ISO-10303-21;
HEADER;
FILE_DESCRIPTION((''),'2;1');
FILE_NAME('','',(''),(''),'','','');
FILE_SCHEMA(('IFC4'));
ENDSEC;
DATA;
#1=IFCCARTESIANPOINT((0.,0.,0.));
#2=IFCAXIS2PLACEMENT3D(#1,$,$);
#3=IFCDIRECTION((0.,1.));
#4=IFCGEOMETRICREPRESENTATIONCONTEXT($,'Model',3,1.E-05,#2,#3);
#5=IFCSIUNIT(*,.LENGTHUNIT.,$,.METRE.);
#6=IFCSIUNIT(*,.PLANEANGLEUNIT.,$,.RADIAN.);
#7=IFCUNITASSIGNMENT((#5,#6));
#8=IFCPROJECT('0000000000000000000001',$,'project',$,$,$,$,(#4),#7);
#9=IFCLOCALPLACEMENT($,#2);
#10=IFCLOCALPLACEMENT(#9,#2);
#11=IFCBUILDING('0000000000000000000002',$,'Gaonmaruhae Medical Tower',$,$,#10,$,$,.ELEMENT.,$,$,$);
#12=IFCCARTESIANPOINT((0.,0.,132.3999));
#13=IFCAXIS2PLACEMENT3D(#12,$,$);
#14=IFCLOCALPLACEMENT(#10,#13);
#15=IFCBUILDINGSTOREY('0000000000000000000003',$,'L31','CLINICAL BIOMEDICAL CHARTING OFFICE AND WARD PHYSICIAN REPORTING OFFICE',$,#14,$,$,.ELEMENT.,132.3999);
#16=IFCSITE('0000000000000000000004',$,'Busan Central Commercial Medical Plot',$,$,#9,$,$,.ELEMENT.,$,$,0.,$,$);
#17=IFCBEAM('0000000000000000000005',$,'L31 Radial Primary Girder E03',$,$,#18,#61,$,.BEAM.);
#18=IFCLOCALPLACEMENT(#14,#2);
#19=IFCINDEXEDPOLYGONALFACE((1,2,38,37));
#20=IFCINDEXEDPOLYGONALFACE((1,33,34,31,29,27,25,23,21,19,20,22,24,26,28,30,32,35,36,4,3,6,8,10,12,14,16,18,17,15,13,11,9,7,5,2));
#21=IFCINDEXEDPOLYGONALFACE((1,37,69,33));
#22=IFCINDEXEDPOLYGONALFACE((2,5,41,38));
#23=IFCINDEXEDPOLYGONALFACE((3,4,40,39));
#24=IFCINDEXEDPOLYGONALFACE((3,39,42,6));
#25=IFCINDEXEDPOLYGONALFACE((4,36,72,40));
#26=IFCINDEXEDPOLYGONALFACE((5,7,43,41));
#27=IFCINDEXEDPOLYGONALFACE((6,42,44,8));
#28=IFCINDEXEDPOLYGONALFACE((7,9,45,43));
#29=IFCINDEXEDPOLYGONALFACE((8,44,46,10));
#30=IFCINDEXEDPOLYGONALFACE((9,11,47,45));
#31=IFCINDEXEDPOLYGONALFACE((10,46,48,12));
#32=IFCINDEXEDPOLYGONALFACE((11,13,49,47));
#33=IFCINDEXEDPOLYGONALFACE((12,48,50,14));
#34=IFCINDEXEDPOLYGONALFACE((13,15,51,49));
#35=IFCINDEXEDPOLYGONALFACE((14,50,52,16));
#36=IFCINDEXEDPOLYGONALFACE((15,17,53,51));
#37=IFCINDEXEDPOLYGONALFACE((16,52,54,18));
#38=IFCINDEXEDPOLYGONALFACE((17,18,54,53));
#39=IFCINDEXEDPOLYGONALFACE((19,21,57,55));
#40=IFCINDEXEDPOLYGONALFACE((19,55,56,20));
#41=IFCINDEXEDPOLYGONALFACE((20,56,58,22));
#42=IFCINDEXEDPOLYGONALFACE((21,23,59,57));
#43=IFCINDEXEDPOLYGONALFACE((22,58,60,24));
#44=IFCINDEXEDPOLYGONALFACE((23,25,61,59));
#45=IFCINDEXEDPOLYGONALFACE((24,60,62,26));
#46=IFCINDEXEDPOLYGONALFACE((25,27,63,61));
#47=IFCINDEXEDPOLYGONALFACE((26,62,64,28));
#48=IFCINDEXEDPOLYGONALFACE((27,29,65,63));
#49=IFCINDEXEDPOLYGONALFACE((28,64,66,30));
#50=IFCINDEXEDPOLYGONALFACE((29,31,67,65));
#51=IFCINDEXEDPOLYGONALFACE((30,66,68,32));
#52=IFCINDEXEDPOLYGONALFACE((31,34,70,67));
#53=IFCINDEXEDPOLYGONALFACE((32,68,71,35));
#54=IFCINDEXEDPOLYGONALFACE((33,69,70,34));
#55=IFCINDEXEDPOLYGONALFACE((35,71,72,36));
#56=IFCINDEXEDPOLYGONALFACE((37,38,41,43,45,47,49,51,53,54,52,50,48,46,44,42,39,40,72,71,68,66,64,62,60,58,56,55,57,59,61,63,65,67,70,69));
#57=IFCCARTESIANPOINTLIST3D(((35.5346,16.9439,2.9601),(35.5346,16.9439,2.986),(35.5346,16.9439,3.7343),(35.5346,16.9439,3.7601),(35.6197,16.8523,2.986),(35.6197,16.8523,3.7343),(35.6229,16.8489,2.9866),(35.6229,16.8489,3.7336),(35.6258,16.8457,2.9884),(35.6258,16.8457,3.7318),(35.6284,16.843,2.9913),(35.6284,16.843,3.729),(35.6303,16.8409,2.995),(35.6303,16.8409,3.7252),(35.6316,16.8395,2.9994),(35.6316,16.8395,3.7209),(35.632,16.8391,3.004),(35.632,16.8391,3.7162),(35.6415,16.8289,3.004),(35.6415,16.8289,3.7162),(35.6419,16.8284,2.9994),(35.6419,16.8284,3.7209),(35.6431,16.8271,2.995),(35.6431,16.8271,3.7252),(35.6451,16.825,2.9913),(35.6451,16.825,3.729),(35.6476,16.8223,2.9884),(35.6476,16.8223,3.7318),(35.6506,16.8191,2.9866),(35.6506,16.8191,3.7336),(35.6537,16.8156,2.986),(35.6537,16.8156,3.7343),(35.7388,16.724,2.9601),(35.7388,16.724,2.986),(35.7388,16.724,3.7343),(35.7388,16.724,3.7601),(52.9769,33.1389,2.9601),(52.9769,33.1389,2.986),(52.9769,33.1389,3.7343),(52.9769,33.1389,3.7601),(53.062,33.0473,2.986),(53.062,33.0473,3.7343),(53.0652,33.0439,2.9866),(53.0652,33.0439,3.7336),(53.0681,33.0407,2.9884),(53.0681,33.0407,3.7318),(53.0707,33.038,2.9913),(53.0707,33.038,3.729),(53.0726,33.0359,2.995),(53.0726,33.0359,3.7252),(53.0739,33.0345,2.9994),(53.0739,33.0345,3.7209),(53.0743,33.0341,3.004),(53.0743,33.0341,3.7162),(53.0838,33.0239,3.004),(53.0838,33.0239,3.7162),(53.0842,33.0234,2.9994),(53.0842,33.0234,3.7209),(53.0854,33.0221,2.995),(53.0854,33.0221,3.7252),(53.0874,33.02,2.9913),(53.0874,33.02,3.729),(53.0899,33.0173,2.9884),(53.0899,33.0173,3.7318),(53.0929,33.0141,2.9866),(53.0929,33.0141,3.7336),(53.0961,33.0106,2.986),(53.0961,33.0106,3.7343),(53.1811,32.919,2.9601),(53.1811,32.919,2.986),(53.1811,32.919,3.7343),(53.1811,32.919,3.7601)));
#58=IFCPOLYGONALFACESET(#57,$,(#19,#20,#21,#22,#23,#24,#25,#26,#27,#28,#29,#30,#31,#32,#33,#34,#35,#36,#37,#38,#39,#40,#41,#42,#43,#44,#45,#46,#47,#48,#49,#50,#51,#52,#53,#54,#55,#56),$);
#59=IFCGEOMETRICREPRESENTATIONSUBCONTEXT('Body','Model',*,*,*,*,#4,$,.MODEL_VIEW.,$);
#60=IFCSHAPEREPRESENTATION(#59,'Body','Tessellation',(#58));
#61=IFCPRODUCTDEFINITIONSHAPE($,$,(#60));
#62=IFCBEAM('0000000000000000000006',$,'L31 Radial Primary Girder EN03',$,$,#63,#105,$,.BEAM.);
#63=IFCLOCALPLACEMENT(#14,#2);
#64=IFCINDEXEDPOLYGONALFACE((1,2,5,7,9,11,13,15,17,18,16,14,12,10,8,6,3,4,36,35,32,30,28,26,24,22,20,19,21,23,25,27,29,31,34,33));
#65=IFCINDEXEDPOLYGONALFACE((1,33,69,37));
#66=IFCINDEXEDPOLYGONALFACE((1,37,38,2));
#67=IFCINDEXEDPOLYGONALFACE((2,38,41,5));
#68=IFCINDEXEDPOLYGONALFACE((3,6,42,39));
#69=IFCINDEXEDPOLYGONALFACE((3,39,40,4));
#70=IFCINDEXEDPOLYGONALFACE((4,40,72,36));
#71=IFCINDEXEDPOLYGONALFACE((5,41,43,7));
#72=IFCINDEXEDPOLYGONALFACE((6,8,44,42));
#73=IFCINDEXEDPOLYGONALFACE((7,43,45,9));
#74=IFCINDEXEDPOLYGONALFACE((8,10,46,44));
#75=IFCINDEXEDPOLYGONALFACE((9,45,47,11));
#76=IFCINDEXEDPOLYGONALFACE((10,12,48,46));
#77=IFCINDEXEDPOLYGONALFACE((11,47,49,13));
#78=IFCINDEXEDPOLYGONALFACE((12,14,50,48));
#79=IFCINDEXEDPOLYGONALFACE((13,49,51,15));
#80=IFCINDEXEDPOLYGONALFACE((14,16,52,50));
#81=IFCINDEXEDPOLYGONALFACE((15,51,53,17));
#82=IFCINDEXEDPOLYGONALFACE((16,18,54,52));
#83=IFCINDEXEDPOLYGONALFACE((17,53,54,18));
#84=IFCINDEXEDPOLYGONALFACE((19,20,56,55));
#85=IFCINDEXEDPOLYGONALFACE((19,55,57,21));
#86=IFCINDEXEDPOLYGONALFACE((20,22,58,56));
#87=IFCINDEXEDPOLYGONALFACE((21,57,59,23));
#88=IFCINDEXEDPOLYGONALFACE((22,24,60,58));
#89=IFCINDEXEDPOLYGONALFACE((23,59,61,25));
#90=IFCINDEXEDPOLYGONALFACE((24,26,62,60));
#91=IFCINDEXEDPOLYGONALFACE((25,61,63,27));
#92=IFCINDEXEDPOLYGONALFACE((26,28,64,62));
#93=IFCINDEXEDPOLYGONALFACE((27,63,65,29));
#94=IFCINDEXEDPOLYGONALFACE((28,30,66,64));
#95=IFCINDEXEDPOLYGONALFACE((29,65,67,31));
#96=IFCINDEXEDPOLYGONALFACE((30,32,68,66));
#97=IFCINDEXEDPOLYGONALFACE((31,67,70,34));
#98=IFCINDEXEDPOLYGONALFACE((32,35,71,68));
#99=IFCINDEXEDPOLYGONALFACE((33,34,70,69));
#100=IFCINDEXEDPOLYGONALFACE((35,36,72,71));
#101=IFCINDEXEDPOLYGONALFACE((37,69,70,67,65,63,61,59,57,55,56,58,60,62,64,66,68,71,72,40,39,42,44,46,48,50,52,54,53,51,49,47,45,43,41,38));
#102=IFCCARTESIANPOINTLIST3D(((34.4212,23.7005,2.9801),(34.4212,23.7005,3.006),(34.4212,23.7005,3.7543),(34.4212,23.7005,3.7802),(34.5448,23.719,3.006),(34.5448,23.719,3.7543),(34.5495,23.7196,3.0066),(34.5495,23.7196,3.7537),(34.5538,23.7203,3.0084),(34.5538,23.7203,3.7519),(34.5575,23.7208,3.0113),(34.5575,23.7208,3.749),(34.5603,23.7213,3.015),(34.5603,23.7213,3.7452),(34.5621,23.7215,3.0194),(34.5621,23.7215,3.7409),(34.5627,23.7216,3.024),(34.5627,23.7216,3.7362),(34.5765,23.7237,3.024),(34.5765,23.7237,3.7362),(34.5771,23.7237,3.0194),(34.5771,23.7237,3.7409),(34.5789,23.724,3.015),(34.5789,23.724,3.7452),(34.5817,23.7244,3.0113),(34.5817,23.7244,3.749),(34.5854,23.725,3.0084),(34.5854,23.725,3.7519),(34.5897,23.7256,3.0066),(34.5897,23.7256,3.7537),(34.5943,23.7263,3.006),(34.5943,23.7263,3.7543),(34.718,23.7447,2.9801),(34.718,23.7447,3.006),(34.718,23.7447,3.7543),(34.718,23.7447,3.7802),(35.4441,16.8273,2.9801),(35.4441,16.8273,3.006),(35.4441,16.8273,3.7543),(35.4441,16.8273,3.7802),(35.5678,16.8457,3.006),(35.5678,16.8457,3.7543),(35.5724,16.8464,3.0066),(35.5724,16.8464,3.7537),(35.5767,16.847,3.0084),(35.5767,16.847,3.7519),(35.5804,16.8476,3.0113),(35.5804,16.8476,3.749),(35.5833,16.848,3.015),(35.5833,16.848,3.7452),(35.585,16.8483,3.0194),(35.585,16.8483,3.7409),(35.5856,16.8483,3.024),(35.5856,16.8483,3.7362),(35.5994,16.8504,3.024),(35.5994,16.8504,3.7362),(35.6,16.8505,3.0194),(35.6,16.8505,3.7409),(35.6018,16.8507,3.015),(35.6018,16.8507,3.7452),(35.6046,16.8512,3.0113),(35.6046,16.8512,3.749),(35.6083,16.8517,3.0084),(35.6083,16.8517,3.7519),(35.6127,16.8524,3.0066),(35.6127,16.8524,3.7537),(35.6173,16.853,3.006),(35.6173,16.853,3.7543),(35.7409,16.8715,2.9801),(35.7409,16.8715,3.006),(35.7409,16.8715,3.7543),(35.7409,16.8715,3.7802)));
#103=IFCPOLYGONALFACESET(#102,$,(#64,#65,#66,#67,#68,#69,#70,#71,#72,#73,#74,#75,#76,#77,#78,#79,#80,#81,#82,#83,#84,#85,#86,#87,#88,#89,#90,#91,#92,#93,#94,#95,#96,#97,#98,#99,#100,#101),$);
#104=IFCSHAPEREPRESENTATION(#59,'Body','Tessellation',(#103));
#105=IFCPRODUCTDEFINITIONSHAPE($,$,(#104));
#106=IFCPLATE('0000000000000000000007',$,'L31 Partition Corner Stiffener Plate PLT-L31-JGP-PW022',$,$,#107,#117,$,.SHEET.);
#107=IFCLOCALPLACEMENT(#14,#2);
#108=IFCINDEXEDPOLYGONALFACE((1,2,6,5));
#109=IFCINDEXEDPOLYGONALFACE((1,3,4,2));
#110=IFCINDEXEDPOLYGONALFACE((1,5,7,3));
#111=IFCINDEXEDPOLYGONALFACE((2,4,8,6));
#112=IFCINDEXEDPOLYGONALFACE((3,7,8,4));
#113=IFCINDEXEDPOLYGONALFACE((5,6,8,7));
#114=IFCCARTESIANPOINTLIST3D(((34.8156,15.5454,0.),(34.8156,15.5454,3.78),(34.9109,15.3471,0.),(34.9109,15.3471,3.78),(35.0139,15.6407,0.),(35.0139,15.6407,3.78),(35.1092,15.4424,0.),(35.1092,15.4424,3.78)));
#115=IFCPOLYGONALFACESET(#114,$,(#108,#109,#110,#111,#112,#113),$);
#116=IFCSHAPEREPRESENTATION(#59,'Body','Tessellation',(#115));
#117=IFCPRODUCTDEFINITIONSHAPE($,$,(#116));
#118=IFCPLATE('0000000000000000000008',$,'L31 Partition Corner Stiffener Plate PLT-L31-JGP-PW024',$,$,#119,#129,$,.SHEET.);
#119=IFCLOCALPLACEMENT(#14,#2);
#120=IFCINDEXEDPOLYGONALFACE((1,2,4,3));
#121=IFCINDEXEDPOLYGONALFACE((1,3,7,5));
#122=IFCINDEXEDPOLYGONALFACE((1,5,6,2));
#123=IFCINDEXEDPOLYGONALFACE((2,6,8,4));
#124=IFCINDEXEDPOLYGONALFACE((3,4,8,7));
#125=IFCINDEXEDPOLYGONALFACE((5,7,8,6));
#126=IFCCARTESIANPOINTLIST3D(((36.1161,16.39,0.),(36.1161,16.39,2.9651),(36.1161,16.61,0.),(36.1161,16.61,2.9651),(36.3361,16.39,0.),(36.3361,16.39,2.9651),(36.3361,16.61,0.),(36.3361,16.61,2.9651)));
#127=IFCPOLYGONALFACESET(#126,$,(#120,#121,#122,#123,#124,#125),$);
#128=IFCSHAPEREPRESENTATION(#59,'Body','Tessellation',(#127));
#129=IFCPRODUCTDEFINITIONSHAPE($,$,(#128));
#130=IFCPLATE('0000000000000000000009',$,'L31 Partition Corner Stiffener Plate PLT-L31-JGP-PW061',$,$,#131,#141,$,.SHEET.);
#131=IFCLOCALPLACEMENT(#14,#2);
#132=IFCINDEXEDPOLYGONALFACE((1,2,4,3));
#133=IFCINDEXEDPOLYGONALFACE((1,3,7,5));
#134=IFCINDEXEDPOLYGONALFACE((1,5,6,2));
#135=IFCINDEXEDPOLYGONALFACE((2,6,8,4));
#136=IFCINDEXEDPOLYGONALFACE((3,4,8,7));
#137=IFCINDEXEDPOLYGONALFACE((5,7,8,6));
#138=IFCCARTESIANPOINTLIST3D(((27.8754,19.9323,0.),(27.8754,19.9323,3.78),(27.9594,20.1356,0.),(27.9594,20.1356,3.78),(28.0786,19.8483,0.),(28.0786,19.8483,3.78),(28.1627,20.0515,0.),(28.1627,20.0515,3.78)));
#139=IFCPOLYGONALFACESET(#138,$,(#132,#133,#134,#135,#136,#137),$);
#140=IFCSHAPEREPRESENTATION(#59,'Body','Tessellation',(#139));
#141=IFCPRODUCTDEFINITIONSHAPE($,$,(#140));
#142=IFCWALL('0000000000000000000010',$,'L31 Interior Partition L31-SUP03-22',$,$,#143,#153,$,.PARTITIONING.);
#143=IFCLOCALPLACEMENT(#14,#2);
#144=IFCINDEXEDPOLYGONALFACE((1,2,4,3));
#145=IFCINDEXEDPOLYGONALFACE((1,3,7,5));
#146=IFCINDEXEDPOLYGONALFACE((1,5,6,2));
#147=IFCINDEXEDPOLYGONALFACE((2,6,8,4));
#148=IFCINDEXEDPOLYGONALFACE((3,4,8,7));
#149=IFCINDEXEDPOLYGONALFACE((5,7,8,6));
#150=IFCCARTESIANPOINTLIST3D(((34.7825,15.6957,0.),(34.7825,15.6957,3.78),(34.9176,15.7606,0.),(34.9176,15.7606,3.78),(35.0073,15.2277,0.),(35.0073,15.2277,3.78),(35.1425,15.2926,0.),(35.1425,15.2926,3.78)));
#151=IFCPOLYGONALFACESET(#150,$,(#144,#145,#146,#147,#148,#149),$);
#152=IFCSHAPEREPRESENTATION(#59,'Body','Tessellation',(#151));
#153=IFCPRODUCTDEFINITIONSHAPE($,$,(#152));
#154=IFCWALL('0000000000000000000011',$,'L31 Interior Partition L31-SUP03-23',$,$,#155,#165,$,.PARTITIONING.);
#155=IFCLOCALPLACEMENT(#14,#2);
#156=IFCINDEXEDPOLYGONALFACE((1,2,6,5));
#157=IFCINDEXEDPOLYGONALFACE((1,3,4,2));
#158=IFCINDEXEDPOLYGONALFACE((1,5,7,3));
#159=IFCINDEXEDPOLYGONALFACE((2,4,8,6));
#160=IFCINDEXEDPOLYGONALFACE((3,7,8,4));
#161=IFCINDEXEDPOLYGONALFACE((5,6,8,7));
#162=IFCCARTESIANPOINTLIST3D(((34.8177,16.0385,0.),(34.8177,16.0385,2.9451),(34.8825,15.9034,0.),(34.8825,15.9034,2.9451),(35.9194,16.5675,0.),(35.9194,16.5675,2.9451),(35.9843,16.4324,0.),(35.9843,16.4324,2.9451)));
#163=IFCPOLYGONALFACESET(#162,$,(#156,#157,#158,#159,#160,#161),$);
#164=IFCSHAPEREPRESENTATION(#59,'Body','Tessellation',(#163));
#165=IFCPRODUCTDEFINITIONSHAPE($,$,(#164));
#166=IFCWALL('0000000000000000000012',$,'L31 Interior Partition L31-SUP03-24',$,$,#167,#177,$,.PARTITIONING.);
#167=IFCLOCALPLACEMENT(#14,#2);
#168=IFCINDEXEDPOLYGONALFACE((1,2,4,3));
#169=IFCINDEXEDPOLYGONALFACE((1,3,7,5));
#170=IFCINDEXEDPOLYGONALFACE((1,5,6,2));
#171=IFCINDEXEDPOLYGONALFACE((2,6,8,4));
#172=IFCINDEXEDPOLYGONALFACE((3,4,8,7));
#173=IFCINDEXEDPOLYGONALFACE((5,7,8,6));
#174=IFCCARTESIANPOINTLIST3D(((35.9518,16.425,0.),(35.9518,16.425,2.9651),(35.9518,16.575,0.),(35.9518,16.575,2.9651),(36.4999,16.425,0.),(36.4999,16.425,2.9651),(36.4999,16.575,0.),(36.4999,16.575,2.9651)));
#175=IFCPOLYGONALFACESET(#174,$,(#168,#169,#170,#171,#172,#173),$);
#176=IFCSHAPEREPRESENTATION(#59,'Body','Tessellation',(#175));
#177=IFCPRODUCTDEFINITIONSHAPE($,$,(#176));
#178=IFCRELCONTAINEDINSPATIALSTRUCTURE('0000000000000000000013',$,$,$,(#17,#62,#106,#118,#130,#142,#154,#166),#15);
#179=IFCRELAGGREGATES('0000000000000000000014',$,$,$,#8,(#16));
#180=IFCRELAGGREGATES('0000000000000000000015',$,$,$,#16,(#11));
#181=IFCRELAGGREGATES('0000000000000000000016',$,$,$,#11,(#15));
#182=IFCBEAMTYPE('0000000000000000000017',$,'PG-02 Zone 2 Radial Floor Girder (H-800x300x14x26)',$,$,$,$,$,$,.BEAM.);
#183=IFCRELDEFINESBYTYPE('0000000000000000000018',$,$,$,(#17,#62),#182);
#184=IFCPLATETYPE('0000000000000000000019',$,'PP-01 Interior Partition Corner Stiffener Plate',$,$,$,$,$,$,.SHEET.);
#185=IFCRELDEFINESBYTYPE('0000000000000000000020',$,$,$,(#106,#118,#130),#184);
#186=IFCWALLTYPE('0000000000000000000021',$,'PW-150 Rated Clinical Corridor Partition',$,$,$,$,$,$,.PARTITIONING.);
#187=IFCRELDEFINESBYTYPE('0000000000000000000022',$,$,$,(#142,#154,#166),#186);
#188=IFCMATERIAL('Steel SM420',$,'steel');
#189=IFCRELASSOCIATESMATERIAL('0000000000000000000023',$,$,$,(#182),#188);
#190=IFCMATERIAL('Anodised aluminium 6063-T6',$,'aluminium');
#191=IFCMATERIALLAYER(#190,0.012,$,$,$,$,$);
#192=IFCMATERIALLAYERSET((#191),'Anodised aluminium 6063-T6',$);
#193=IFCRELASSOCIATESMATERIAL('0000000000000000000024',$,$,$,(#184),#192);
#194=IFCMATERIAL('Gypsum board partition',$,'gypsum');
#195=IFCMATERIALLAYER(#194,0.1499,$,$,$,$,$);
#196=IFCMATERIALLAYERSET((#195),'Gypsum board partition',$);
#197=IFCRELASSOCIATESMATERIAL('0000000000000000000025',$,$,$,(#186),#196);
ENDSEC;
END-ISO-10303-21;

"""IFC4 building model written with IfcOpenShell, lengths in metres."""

from ifc_helpers import new_model, si_unit, direction, frame, frame_2d, origin, origin_2d, place, context, subcontext, project, spatial, rectangle, i_section, extrude, material, layer, layer_set, material_profile, profile_set, type_object, element, save


model = new_model("IFC4")

# Units and contexts
model_context = context("Model", 3, precision=1e-05, world=origin(), true_north=direction((0.0, 1.0)))
body_context = subcontext(model_context, "Body", "Model", "MODEL_VIEW")
ifc_project = project(units=[si_unit("LENGTHUNIT", "METRE"), si_unit("PLANEANGLEUNIT", "RADIAN")], contexts=[model_context])

# Site, building, storey
site_placement = place(None, origin())
site = spatial("IfcSite", under=ifc_project, at=site_placement, Name="Busan Central Commercial Medical Plot", CompositionType="ELEMENT", RefElevation=0.0)
building_placement = place(site_placement, origin())
building = spatial("IfcBuilding", under=site, at=building_placement, Name="Gaonmaruhae Medical Tower", CompositionType="ELEMENT")
storey_placement = place(building_placement, frame((0.0, 0.0, 132.3999)))
storey = spatial("IfcBuildingStorey", under=building, at=storey_placement, Name="L31", Description="CLINICAL BIOMEDICAL CHARTING OFFICE AND WARD PHYSICIAN REPORTING OFFICE", CompositionType="ELEMENT", Elevation=132.3999)

# Beams
ifc_material_1 = material(Name="Steel SM420", Category="steel")
ifc_material_profile_1 = material_profile(ifc_material_1, i_section(OverallWidth=0.3, OverallDepth=0.8, WebThickness=0.0139, FlangeThickness=0.0259, FilletRadius=0.0181, at=origin_2d()), Name="H-800x300x14x26")
ifc_profile_set_1 = profile_set([ifc_material_profile_1], Name="Steel SM420")
beam_type_1 = type_object("IfcBeamType", Name="PG-02 Zone 2 Radial Floor Girder (H-800x300x14x26)", PredefinedType="BEAM", material=ifc_profile_set_1)
beam_1_placement = place(storey_placement, frame((35.6367, 16.834, 3.3601), z_axis=(0.732823, 0.680419, 0.0), x_axis=(-0.680419, 0.732823, 0.0)))
element("IfcBeam", 1, at=beam_1_placement, inside=storey, type_object=beam_type_1, Name="L31 Radial Primary Girder E03", PredefinedType="BEAM", context=body_context, shape_type="SweptSolid", body=[
    extrude(i_section(OverallWidth=0.3, OverallDepth=0.8, WebThickness=0.0139, FlangeThickness=0.0259, FilletRadius=0.0181, at=origin_2d()), origin(), (0.0, 0.0, 1.0), 23.8015),
])
beam_2_placement = place(storey_placement, frame((35.5925, 16.8494, 3.3801), z_axis=(-0.147208, 0.989106, 0.0), x_axis=(-0.989106, -0.147208, 0.0)))
element("IfcBeam", 2, at=beam_2_placement, inside=storey, type_object=beam_type_1, Name="L31 Radial Primary Girder EN03", PredefinedType="BEAM", context=body_context, shape_type="SweptSolid", body=[
    extrude(i_section(OverallWidth=0.3, OverallDepth=0.8, WebThickness=0.0139, FlangeThickness=0.0259, FilletRadius=0.0181, at=origin_2d()), origin(), (0.0, 0.0, 1.0), 6.949),
])

# Plates
ifc_material_2 = material(Name="Anodised aluminium 6063-T6", Category="aluminium")
ifc_layer_1 = layer(ifc_material_2, 0.012)
ifc_layer_set_1 = layer_set([ifc_layer_1], Name="Anodised aluminium 6063-T6")
plate_type = type_object("IfcPlateType", Name="PP-01 Interior Partition Corner Stiffener Plate", PredefinedType="SHEET", material=ifc_layer_set_1)
plate_1_placement = place(storey_placement, frame((34.9624, 15.4939, 0.0), z_axis=(0.0, 0.0, 1.0), x_axis=(-0.433297, 0.901251, 0.0)))
element("IfcPlate", 3, at=plate_1_placement, inside=storey, type_object=plate_type, Name="L31 Partition Corner Stiffener Plate PLT-L31-JGP-PW022", PredefinedType="SHEET", context=body_context, shape_type="SweptSolid", body=[
    extrude(rectangle(XDim=0.22, YDim=0.22, at=origin_2d()), origin(), (0.0, 0.0, 1.0), 3.78),
])
plate_2_placement = place(storey_placement, frame((36.2261, 16.5, 0.0), z_axis=(0.0, 0.0, 1.0), x_axis=(1.0, 0.0, 0.0)))
element("IfcPlate", 4, at=plate_2_placement, inside=storey, type_object=plate_type, Name="L31 Partition Corner Stiffener Plate PLT-L31-JGP-PW024", PredefinedType="SHEET", context=body_context, shape_type="SweptSolid", body=[
    extrude(rectangle(XDim=0.22, YDim=0.22, at=origin_2d()), origin(), (0.0, 0.0, 1.0), 2.9651),
])
plate_3_placement = place(storey_placement, frame((28.019, 19.9919, 0.0), z_axis=(0.0, 0.0, 1.0), x_axis=(-0.924093, 0.382167, 0.0)))
element("IfcPlate", 5, at=plate_3_placement, inside=storey, type_object=plate_type, Name="L31 Partition Corner Stiffener Plate PLT-L31-JGP-PW061", PredefinedType="SHEET", context=body_context, shape_type="SweptSolid", body=[
    extrude(rectangle(XDim=0.22, YDim=0.22, at=origin_2d()), origin(), (0.0, 0.0, 1.0), 3.78),
])

# Walls
ifc_material_3 = material(Name="Gypsum board partition", Category="gypsum")
ifc_layer_2 = layer(ifc_material_3, 0.1499)
ifc_layer_set_2 = layer_set([ifc_layer_2], Name="Gypsum board partition")
wall_type_1 = type_object("IfcWallType", Name="PW-150 Rated Clinical Corridor Partition", PredefinedType="PARTITIONING", material=ifc_layer_set_2)
wall_1_placement = place(storey_placement, frame((35.075, 15.26, 0.0), z_axis=(0.0, 0.0, 1.0), x_axis=(-0.433052, 0.901369, 0.0)))
element("IfcWall", 6, at=wall_1_placement, inside=storey, type_object=wall_type_1, Name="L31 Interior Partition L31-SUP03-22", PredefinedType="PARTITIONING", context=body_context, shape_type="SweptSolid", body=[
    extrude(rectangle(XDim=0.5193, YDim=0.1499, at=frame_2d((0.2598, 0.0))), origin(), (0.0, 0.0, 1.0), 3.78),
])
wall_2_placement = place(storey_placement, frame((34.8501, 15.9709, 0.0), z_axis=(0.0, 0.0, 1.0), x_axis=(0.901464, 0.432854, 0.0)))
element("IfcWall", 7, at=wall_2_placement, inside=storey, type_object=wall_type_1, Name="L31 Interior Partition L31-SUP03-23", PredefinedType="PARTITIONING", context=body_context, shape_type="SweptSolid", body=[
    extrude(rectangle(XDim=1.2222, YDim=0.1499, at=frame_2d((0.6111, 0.0))), origin(), (0.0, 0.0, 1.0), 2.9451),
])
wall_3_placement = place(storey_placement, frame((35.9519, 16.5, 0.0), z_axis=(0.0, 0.0, 1.0), x_axis=(1.0, 0.0, 0.0)))
element("IfcWall", 8, at=wall_3_placement, inside=storey, type_object=wall_type_1, Name="L31 Interior Partition L31-SUP03-24", PredefinedType="PARTITIONING", context=body_context, shape_type="SweptSolid", body=[
    extrude(rectangle(XDim=0.5481, YDim=0.1499, at=frame_2d((0.2739, 0.0))), origin(), (0.0, 0.0, 1.0), 2.9651),
])

save(model, "model.ifc")
